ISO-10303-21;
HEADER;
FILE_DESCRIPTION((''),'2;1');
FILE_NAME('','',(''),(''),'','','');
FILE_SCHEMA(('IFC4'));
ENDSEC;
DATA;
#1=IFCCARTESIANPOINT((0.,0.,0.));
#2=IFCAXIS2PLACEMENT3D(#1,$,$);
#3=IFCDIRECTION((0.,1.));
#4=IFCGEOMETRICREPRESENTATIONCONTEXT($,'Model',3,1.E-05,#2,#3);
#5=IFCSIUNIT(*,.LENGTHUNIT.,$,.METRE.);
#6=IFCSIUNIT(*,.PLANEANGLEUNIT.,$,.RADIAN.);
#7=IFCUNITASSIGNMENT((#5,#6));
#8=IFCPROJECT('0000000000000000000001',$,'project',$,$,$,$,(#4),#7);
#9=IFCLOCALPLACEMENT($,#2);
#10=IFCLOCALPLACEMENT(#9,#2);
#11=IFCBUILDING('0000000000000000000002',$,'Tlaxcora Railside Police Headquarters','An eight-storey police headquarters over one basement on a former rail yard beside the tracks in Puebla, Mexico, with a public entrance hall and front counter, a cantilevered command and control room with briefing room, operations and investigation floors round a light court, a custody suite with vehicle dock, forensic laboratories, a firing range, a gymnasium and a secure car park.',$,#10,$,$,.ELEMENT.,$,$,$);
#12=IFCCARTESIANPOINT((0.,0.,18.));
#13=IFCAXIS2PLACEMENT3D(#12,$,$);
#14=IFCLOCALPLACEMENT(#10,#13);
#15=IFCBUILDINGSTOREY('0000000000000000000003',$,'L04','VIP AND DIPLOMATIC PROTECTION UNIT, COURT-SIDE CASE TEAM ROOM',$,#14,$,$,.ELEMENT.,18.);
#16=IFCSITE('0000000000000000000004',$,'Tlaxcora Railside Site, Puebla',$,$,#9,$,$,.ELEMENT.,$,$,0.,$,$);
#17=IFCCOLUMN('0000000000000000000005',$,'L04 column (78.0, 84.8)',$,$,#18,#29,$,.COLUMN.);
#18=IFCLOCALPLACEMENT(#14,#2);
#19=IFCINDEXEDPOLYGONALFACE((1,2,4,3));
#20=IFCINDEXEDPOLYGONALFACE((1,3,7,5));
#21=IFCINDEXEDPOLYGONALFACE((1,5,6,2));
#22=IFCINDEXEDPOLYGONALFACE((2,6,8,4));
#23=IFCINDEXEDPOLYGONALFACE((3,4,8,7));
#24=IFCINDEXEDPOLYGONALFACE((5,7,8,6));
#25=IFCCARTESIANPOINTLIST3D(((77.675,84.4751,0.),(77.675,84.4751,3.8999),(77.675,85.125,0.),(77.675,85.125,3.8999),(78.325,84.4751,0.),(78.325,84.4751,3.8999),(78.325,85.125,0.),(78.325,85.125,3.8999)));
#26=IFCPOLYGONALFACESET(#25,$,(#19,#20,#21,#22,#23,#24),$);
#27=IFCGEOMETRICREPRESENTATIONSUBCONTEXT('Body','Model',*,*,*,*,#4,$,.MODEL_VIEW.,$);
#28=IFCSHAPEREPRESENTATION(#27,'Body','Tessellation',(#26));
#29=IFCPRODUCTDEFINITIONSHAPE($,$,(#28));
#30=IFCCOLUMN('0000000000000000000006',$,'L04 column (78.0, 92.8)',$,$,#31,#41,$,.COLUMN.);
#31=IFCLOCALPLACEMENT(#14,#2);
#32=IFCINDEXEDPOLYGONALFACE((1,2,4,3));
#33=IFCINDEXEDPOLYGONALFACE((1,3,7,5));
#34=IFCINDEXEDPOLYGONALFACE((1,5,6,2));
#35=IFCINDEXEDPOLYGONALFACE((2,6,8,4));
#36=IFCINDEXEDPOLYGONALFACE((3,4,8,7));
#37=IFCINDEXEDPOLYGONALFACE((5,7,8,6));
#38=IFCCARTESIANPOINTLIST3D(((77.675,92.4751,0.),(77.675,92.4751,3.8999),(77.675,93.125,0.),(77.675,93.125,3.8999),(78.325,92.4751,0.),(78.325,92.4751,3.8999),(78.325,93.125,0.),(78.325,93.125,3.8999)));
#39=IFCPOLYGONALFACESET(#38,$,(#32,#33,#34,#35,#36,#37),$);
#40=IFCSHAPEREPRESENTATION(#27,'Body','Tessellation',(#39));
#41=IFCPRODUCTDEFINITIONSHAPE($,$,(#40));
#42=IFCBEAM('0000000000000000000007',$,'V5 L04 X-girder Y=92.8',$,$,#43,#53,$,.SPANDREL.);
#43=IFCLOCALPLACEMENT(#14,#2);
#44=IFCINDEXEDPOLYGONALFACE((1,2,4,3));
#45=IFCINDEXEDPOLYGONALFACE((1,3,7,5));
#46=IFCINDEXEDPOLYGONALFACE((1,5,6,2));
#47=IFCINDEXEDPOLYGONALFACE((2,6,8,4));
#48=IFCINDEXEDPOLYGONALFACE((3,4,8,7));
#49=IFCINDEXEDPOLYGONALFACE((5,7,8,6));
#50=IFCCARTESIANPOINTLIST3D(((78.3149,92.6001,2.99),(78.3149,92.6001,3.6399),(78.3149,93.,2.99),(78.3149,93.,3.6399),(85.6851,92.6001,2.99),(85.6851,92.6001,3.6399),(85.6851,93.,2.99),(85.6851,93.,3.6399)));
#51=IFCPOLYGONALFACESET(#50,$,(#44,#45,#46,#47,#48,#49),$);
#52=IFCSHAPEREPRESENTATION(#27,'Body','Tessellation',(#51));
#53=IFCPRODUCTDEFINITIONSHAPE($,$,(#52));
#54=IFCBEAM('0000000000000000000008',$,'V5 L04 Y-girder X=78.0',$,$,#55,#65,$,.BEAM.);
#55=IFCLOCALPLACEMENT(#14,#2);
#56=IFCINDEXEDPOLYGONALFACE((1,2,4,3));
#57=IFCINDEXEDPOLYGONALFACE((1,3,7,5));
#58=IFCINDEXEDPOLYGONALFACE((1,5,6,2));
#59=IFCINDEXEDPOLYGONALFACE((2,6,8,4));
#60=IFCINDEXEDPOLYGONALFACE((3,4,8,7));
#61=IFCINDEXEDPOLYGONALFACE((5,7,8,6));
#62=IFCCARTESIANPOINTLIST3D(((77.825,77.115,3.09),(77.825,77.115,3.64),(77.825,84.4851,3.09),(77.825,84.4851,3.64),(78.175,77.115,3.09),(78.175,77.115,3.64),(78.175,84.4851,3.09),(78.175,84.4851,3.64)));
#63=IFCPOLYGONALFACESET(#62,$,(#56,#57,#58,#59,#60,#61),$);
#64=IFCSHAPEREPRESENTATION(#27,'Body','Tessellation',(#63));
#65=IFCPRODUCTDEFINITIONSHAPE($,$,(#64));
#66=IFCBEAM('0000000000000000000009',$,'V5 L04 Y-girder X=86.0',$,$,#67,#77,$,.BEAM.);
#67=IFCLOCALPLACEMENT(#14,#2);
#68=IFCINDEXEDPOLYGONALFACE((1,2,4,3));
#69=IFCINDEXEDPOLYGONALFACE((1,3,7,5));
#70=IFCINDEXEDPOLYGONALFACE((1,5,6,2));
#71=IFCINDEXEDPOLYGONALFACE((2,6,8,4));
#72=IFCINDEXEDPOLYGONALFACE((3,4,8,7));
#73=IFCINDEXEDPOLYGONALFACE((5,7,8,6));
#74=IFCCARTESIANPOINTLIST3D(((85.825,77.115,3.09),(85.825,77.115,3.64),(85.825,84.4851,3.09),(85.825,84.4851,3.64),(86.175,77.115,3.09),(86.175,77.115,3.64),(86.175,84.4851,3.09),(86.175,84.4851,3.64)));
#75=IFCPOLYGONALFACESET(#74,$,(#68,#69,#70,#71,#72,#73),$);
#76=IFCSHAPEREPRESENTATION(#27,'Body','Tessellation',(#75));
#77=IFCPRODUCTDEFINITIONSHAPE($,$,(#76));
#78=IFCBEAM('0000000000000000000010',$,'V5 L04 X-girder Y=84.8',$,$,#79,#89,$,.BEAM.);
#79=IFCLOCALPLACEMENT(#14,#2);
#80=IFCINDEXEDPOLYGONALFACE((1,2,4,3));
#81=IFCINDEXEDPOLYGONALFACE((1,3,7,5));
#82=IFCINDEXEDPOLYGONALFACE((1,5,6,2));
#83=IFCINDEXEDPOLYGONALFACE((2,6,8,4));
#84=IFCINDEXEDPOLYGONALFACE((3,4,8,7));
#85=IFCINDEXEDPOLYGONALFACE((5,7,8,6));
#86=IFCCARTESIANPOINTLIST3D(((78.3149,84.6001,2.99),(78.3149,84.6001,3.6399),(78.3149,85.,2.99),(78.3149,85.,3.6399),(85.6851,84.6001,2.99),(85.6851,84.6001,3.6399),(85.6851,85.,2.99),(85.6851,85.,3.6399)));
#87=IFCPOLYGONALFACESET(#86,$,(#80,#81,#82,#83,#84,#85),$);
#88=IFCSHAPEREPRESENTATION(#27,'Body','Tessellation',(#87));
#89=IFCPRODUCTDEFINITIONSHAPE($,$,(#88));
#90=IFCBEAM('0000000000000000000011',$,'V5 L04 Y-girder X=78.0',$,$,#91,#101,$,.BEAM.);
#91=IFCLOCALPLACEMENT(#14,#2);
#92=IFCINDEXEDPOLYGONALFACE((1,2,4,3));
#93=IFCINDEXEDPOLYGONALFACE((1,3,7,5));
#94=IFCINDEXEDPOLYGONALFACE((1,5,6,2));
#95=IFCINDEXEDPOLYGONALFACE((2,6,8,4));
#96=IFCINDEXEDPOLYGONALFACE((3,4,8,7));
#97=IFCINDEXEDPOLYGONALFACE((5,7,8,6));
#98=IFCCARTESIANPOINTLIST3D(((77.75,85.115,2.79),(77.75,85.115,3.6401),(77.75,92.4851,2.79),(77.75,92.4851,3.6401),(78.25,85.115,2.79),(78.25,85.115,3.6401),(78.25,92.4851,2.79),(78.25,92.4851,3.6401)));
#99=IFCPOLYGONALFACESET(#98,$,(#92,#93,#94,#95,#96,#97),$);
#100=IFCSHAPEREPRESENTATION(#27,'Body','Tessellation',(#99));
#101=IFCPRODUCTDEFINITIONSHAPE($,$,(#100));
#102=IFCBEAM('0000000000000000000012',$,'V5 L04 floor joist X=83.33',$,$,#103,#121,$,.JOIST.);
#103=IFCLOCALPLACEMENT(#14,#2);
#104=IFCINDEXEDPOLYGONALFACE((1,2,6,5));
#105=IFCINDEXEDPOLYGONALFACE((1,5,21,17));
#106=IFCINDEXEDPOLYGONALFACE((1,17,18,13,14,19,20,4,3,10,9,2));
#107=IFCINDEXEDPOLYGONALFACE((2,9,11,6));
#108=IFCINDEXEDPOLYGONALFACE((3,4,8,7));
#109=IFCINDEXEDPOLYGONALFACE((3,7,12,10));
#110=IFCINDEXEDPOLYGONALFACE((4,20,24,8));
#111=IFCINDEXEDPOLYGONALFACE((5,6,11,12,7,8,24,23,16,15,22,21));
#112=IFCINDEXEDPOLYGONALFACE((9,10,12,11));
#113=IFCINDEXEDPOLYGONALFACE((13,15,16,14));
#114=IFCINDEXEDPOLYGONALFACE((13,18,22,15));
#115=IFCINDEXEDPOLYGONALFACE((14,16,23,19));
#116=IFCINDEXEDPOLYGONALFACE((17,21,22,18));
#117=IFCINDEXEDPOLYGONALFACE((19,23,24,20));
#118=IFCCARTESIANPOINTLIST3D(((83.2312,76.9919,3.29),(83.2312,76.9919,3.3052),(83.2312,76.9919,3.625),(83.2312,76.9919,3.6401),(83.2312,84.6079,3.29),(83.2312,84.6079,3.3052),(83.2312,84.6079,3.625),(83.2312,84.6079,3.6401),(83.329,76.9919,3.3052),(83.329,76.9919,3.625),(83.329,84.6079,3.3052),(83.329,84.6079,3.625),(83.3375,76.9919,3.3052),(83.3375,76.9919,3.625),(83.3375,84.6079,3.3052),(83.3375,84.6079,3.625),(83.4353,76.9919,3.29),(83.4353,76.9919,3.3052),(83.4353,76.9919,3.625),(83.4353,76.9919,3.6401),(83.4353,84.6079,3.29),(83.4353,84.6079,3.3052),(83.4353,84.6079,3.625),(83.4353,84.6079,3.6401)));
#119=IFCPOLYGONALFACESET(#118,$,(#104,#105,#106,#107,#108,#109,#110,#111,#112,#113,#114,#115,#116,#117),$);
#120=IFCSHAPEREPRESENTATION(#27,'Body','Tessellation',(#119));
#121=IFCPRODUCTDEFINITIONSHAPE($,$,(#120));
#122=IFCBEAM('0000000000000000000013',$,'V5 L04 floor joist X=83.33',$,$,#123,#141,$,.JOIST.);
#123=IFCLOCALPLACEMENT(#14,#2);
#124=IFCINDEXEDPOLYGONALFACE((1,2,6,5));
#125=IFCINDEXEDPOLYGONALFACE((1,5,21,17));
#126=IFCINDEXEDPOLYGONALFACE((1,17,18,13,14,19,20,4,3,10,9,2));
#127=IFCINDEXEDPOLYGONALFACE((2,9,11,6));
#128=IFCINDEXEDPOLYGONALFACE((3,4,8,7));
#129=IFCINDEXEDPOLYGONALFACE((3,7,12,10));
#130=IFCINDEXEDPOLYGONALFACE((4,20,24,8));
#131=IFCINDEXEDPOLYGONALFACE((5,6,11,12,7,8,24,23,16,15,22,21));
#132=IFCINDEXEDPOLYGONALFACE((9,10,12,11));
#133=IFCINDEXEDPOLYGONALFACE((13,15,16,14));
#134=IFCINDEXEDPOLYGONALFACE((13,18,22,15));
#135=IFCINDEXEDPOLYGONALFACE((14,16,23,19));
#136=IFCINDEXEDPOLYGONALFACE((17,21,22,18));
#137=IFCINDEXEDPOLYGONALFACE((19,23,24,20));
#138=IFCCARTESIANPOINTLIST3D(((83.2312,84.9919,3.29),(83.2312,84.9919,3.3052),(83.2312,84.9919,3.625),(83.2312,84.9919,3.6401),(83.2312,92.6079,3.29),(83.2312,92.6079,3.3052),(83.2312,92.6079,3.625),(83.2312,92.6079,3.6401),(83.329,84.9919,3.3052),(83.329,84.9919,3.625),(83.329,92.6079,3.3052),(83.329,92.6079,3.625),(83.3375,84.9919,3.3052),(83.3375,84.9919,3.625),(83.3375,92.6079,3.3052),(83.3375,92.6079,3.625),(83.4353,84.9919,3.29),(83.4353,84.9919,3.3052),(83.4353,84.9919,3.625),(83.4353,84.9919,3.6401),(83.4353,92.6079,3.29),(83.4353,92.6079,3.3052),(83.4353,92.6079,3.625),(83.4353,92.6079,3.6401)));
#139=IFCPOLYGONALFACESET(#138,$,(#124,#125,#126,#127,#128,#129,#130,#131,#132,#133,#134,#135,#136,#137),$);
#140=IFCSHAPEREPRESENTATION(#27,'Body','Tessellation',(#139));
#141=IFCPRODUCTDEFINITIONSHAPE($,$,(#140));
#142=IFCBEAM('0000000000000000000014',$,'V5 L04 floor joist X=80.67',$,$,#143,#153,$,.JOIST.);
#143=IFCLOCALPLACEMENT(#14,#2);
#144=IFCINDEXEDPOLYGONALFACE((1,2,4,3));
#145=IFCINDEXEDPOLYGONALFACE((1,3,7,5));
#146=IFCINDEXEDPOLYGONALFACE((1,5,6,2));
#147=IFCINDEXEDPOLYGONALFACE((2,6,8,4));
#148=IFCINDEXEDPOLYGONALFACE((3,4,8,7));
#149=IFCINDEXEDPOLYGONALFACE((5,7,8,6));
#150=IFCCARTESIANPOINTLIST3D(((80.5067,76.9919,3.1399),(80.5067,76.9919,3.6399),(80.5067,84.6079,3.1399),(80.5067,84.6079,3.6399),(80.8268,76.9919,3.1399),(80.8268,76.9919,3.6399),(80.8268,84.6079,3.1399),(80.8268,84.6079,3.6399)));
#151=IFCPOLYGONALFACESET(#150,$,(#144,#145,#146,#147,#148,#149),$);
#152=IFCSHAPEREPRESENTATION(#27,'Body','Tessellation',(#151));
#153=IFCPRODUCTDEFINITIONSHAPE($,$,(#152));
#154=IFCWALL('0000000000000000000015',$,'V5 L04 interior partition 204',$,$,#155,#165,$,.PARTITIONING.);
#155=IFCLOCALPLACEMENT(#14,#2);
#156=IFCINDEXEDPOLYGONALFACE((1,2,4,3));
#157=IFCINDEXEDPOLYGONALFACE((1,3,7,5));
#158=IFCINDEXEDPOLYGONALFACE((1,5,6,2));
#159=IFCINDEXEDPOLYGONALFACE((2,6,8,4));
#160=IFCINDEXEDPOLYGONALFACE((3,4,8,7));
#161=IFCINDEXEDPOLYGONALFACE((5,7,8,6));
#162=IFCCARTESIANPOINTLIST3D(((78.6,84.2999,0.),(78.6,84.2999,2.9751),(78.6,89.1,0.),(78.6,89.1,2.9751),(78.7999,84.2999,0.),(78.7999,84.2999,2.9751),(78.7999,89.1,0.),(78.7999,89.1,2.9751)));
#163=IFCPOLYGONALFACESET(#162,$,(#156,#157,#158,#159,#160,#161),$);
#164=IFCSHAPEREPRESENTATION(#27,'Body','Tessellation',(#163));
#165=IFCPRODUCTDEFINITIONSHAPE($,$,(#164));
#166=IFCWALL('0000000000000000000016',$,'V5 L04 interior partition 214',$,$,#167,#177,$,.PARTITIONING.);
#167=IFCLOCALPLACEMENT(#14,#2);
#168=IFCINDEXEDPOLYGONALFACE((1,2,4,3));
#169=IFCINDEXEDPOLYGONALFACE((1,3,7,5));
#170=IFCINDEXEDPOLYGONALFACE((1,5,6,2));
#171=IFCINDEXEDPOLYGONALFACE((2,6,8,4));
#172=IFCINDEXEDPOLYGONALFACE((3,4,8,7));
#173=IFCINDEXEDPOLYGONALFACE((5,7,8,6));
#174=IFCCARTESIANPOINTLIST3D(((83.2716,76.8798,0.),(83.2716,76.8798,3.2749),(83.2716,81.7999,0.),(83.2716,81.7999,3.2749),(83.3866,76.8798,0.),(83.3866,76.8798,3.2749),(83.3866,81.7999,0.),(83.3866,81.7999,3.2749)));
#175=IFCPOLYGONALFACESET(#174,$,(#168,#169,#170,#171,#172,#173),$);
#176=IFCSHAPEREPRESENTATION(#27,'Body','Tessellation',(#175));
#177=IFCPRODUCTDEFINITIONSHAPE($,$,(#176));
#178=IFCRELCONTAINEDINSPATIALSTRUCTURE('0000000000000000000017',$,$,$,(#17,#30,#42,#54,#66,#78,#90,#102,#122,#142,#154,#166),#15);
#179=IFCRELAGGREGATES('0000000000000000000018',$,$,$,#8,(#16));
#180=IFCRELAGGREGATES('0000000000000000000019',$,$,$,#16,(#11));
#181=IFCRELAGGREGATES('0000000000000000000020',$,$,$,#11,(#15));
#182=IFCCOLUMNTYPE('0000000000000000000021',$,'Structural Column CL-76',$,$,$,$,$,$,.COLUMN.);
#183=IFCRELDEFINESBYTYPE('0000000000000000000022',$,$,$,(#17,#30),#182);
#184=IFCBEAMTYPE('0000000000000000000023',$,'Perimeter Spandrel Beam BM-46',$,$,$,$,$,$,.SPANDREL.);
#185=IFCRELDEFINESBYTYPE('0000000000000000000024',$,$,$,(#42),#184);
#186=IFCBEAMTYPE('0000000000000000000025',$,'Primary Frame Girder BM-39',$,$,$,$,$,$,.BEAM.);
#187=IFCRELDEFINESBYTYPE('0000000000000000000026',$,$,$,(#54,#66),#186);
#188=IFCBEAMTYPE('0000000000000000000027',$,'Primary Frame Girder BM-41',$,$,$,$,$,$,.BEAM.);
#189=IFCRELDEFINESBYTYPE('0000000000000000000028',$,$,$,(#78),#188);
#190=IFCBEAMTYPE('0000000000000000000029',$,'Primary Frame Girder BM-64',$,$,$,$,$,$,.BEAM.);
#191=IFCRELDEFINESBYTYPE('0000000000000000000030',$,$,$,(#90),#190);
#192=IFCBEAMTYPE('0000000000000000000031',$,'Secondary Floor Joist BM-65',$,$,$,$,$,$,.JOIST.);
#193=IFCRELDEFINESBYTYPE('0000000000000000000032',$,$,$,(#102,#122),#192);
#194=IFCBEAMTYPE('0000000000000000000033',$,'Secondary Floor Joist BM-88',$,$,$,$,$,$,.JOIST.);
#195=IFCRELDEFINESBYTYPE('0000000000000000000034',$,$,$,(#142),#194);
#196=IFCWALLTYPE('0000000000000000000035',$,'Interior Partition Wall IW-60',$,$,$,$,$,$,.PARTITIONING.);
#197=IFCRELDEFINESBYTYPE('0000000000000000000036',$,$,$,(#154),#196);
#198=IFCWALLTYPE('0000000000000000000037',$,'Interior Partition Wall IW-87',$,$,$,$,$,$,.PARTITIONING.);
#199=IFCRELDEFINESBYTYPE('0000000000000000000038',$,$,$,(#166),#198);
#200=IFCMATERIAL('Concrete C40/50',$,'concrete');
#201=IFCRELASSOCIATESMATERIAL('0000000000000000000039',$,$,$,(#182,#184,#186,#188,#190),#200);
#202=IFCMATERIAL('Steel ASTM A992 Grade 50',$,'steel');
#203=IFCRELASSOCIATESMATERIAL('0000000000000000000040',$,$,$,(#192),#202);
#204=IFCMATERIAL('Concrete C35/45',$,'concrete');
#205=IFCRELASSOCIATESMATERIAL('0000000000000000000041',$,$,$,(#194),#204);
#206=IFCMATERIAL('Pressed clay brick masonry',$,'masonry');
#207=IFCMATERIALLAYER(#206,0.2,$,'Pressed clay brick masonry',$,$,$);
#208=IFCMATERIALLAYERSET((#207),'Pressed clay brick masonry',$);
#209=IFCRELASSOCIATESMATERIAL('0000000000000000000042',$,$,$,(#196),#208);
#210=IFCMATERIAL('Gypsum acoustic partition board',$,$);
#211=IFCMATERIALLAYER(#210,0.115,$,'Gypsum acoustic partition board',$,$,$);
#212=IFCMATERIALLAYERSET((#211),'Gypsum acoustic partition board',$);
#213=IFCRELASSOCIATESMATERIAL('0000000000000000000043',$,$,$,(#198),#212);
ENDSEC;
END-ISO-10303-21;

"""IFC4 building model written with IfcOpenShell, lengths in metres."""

from ifc_helpers import new_model, si_unit, direction, frame, frame_2d, origin, origin_2d, place, context, subcontext, project, spatial, rectangle, i_section, extrude, material, layer, layer_set, material_profile, profile_set, type_object, element, save


model = new_model("IFC4")

# Units and contexts
model_context = context("Model", 3, precision=1e-05, world=origin(), true_north=direction((0.0, 1.0)))
body_context = subcontext(model_context, "Body", "Model", "MODEL_VIEW")
ifc_project = project(units=[si_unit("LENGTHUNIT", "METRE"), si_unit("PLANEANGLEUNIT", "RADIAN")], contexts=[model_context])

# Site, building, storey
site_placement = place(None, origin())
site = spatial("IfcSite", under=ifc_project, at=site_placement, Name="Tlaxcora Railside Site, Puebla", CompositionType="ELEMENT", RefElevation=0.0)
building_placement = place(site_placement, origin())
building = spatial("IfcBuilding", under=site, at=building_placement, Name="Tlaxcora Railside Police Headquarters", Description="An eight-storey police headquarters over one basement on a former rail yard beside the tracks in Puebla, Mexico, with a public entrance hall and front counter, a cantilevered command and control room with briefing room, operations and investigation floors round a light court, a custody suite with vehicle dock, forensic laboratories, a firing range, a gymnasium and a secure car park.", CompositionType="ELEMENT")
storey_placement = place(building_placement, frame((0.0, 0.0, 18.0)))
storey = spatial("IfcBuildingStorey", under=building, at=storey_placement, Name="L04", Description="VIP AND DIPLOMATIC PROTECTION UNIT, COURT-SIDE CASE TEAM ROOM", CompositionType="ELEMENT", Elevation=18.0)

# Columns
ifc_material_1 = material(Name="Concrete C40/50", Category="concrete")
ifc_material_profile_1 = material_profile(ifc_material_1, rectangle(XDim=0.6499, YDim=0.6499, at=origin_2d()), Name="RC650X650")
ifc_profile_set_1 = profile_set([ifc_material_profile_1], Name="Concrete C40/50")
column_type = type_object("IfcColumnType", Name="Structural Column CL-76", PredefinedType="COLUMN", material=ifc_profile_set_1)
for number, where, z_axis, x_axis, name in (
    (1, (78.0, 84.8, 0.0), (0.0, 0.0, 1.0), (1.0, 0.0, 0.0), "L04 column (78.0, 84.8)"),
    (2, (78.0, 92.8, 0.0), (0.0, 0.0, 1.0), (1.0, 0.0, 0.0), "L04 column (78.0, 92.8)"),
):
    element("IfcColumn", number, at=place(storey_placement, frame(where, z_axis=z_axis, x_axis=x_axis)), inside=storey, type_object=column_type, Name=name, PredefinedType="COLUMN", context=body_context, shape_type="SweptSolid", body=[
        extrude(rectangle(XDim=0.6499, YDim=0.6499, at=origin_2d()), origin(), (0.0, 0.0, 1.0), 3.8999),
    ])

# Beams
ifc_material_profile_2 = material_profile(ifc_material_1, rectangle(XDim=0.3999, YDim=0.6499, at=origin_2d()), Name="RC400X650")
ifc_profile_set_2 = profile_set([ifc_material_profile_2], Name="Concrete C40/50")
beam_type_1 = type_object("IfcBeamType", Name="Perimeter Spandrel Beam BM-46", PredefinedType="SPANDREL", material=ifc_profile_set_2)
beam_1_placement = place(storey_placement, frame((78.3149, 92.8, 3.3149), z_axis=(1.0, 0.0, 0.0), x_axis=(0.0, 1.0, 0.0)))
element("IfcBeam", 3, at=beam_1_placement, inside=storey, type_object=beam_type_1, Name="V5 L04 X-girder Y=92.8", PredefinedType="SPANDREL", context=body_context, shape_type="SweptSolid", body=[
    extrude(rectangle(XDim=0.3999, YDim=0.6499, at=origin_2d()), origin(), (0.0, 0.0, 1.0), 7.3701),
])
ifc_material_profile_3 = material_profile(ifc_material_1, rectangle(XDim=0.3501, YDim=0.55, at=origin_2d()), Name="RC350X550")
ifc_profile_set_3 = profile_set([ifc_material_profile_3], Name="Concrete C40/50")
beam_type_2 = type_object("IfcBeamType", Name="Primary Frame Girder BM-39", PredefinedType="BEAM", material=ifc_profile_set_3)
for number, where, z_axis, x_axis, name in (
    (4, (78.0, 77.115, 3.365), (0.0, 1.0, 0.0), (-1.0, 0.0, 0.0), "V5 L04 Y-girder X=78.0"),
    (5, (86.0, 77.115, 3.365), (0.0, 1.0, 0.0), (-1.0, 0.0, 0.0), "V5 L04 Y-girder X=86.0"),
):
    element("IfcBeam", number, at=place(storey_placement, frame(where, z_axis=z_axis, x_axis=x_axis)), inside=storey, type_object=beam_type_2, Name=name, PredefinedType="BEAM", context=body_context, shape_type="SweptSolid", body=[
        extrude(rectangle(XDim=0.3501, YDim=0.55, at=origin_2d()), origin(), (0.0, 0.0, 1.0), 7.3701),
    ])
ifc_material_profile_4 = material_profile(ifc_material_1, rectangle(XDim=0.3999, YDim=0.6499, at=origin_2d()), Name="RC400X650")
ifc_profile_set_4 = profile_set([ifc_material_profile_4], Name="Concrete C40/50")
beam_type_3 = type_object("IfcBeamType", Name="Primary Frame Girder BM-41", PredefinedType="BEAM", material=ifc_profile_set_4)
beam_2_placement = place(storey_placement, frame((78.3149, 84.8, 3.3149), z_axis=(1.0, 0.0, 0.0), x_axis=(0.0, 1.0, 0.0)))
element("IfcBeam", 6, at=beam_2_placement, inside=storey, type_object=beam_type_3, Name="V5 L04 X-girder Y=84.8", PredefinedType="BEAM", context=body_context, shape_type="SweptSolid", body=[
    extrude(rectangle(XDim=0.3999, YDim=0.6499, at=origin_2d()), origin(), (0.0, 0.0, 1.0), 7.3701),
])
ifc_material_profile_5 = material_profile(ifc_material_1, rectangle(XDim=0.5, YDim=0.8501, at=origin_2d()), Name="RC500X850")
ifc_profile_set_5 = profile_set([ifc_material_profile_5], Name="Concrete C40/50")
beam_type_4 = type_object("IfcBeamType", Name="Primary Frame Girder BM-64", PredefinedType="BEAM", material=ifc_profile_set_5)
beam_3_placement = place(storey_placement, frame((78.0, 85.115, 3.2151), z_axis=(0.0, 1.0, 0.0), x_axis=(-1.0, 0.0, 0.0)))
element("IfcBeam", 7, at=beam_3_placement, inside=storey, type_object=beam_type_4, Name="V5 L04 Y-girder X=78.0", PredefinedType="BEAM", context=body_context, shape_type="SweptSolid", body=[
    extrude(rectangle(XDim=0.5, YDim=0.8501, at=origin_2d()), origin(), (0.0, 0.0, 1.0), 7.3701),
])
ifc_material_2 = material(Name="Steel ASTM A992 Grade 50", Category="steel")
ifc_material_profile_6 = material_profile(ifc_material_2, i_section(OverallWidth=0.2041, OverallDepth=0.3501, WebThickness=0.0085, FlangeThickness=0.0151, at=origin_2d()), Name="W14X48")
ifc_profile_set_6 = profile_set([ifc_material_profile_6], Name="Steel ASTM A992 Grade 50")
beam_type_5 = type_object("IfcBeamType", Name="Secondary Floor Joist BM-65", PredefinedType="JOIST", material=ifc_profile_set_6)
for number, where, z_axis, x_axis, name in (
    (8, (83.3333, 76.9919, 3.4651), (0.0, 1.0, 0.0), (-1.0, 0.0, 0.0), "V5 L04 floor joist X=83.33"),
    (9, (83.3333, 84.9919, 3.4651), (0.0, 1.0, 0.0), (-1.0, 0.0, 0.0), "V5 L04 floor joist X=83.33"),
):
    element("IfcBeam", number, at=place(storey_placement, frame(where, z_axis=z_axis, x_axis=x_axis)), inside=storey, type_object=beam_type_5, Name=name, PredefinedType="JOIST", context=body_context, shape_type="SweptSolid", body=[
        extrude(i_section(OverallWidth=0.2041, OverallDepth=0.3501, WebThickness=0.0085, FlangeThickness=0.0151, at=origin_2d()), origin(), (0.0, 0.0, 1.0), 7.616),
    ])
ifc_material_3 = material(Name="Concrete C35/45", Category="concrete")
ifc_material_profile_7 = material_profile(ifc_material_3, rectangle(XDim=0.3201, YDim=0.5, at=origin_2d()), Name="RC320X500")
ifc_profile_set_7 = profile_set([ifc_material_profile_7], Name="Concrete C35/45")
beam_type_6 = type_object("IfcBeamType", Name="Secondary Floor Joist BM-88", PredefinedType="JOIST", material=ifc_profile_set_7)
beam_4_placement = place(storey_placement, frame((80.6667, 76.9919, 3.3899), z_axis=(0.0, 1.0, 0.0), x_axis=(-1.0, 0.0, 0.0)))
element("IfcBeam", 10, at=beam_4_placement, inside=storey, type_object=beam_type_6, Name="V5 L04 floor joist X=80.67", PredefinedType="JOIST", context=body_context, shape_type="SweptSolid", body=[
    extrude(rectangle(XDim=0.3201, YDim=0.5, at=origin_2d()), origin(), (0.0, 0.0, 1.0), 7.616),
])

# Walls
ifc_material_4 = material(Name="Pressed clay brick masonry", Category="masonry")
ifc_layer_1 = layer(ifc_material_4, 0.2, Name="Pressed clay brick masonry")
ifc_layer_set_1 = layer_set([ifc_layer_1], Name="Pressed clay brick masonry")
wall_type_1 = type_object("IfcWallType", Name="Interior Partition Wall IW-60", PredefinedType="PARTITIONING", material=ifc_layer_set_1)
wall_1_placement = place(storey_placement, frame((78.7, 84.3, 0.0), z_axis=(0.0, 0.0, 1.0), x_axis=(0.0, 1.0, 0.0)))
element("IfcWall", 11, at=wall_1_placement, inside=storey, type_object=wall_type_1, Name="V5 L04 interior partition 204", PredefinedType="PARTITIONING", context=body_context, shape_type="SweptSolid", body=[
    extrude(rectangle(XDim=4.8, YDim=0.2, at=frame_2d((2.3999, 0.0))), origin(), (0.0, 0.0, 1.0), 2.9751),
])
ifc_material_5 = material(Name="Gypsum acoustic partition board")
ifc_layer_2 = layer(ifc_material_5, 0.115, Name="Gypsum acoustic partition board")
ifc_layer_set_2 = layer_set([ifc_layer_2], Name="Gypsum acoustic partition board")
wall_type_2 = type_object("IfcWallType", Name="Interior Partition Wall IW-87", PredefinedType="PARTITIONING", material=ifc_layer_set_2)
wall_2_placement = place(storey_placement, frame((83.3291, 76.8799, 0.0), z_axis=(0.0, 0.0, 1.0), x_axis=(0.0, 1.0, 0.0)))
element("IfcWall", 12, at=wall_2_placement, inside=storey, type_object=wall_type_2, Name="V5 L04 interior partition 214", PredefinedType="PARTITIONING", context=body_context, shape_type="SweptSolid", body=[
    extrude(rectangle(XDim=4.9202, YDim=0.115, at=frame_2d((2.46, 0.0))), origin(), (0.0, 0.0, 1.0), 3.2749),
])

save(model, "model.ifc")
